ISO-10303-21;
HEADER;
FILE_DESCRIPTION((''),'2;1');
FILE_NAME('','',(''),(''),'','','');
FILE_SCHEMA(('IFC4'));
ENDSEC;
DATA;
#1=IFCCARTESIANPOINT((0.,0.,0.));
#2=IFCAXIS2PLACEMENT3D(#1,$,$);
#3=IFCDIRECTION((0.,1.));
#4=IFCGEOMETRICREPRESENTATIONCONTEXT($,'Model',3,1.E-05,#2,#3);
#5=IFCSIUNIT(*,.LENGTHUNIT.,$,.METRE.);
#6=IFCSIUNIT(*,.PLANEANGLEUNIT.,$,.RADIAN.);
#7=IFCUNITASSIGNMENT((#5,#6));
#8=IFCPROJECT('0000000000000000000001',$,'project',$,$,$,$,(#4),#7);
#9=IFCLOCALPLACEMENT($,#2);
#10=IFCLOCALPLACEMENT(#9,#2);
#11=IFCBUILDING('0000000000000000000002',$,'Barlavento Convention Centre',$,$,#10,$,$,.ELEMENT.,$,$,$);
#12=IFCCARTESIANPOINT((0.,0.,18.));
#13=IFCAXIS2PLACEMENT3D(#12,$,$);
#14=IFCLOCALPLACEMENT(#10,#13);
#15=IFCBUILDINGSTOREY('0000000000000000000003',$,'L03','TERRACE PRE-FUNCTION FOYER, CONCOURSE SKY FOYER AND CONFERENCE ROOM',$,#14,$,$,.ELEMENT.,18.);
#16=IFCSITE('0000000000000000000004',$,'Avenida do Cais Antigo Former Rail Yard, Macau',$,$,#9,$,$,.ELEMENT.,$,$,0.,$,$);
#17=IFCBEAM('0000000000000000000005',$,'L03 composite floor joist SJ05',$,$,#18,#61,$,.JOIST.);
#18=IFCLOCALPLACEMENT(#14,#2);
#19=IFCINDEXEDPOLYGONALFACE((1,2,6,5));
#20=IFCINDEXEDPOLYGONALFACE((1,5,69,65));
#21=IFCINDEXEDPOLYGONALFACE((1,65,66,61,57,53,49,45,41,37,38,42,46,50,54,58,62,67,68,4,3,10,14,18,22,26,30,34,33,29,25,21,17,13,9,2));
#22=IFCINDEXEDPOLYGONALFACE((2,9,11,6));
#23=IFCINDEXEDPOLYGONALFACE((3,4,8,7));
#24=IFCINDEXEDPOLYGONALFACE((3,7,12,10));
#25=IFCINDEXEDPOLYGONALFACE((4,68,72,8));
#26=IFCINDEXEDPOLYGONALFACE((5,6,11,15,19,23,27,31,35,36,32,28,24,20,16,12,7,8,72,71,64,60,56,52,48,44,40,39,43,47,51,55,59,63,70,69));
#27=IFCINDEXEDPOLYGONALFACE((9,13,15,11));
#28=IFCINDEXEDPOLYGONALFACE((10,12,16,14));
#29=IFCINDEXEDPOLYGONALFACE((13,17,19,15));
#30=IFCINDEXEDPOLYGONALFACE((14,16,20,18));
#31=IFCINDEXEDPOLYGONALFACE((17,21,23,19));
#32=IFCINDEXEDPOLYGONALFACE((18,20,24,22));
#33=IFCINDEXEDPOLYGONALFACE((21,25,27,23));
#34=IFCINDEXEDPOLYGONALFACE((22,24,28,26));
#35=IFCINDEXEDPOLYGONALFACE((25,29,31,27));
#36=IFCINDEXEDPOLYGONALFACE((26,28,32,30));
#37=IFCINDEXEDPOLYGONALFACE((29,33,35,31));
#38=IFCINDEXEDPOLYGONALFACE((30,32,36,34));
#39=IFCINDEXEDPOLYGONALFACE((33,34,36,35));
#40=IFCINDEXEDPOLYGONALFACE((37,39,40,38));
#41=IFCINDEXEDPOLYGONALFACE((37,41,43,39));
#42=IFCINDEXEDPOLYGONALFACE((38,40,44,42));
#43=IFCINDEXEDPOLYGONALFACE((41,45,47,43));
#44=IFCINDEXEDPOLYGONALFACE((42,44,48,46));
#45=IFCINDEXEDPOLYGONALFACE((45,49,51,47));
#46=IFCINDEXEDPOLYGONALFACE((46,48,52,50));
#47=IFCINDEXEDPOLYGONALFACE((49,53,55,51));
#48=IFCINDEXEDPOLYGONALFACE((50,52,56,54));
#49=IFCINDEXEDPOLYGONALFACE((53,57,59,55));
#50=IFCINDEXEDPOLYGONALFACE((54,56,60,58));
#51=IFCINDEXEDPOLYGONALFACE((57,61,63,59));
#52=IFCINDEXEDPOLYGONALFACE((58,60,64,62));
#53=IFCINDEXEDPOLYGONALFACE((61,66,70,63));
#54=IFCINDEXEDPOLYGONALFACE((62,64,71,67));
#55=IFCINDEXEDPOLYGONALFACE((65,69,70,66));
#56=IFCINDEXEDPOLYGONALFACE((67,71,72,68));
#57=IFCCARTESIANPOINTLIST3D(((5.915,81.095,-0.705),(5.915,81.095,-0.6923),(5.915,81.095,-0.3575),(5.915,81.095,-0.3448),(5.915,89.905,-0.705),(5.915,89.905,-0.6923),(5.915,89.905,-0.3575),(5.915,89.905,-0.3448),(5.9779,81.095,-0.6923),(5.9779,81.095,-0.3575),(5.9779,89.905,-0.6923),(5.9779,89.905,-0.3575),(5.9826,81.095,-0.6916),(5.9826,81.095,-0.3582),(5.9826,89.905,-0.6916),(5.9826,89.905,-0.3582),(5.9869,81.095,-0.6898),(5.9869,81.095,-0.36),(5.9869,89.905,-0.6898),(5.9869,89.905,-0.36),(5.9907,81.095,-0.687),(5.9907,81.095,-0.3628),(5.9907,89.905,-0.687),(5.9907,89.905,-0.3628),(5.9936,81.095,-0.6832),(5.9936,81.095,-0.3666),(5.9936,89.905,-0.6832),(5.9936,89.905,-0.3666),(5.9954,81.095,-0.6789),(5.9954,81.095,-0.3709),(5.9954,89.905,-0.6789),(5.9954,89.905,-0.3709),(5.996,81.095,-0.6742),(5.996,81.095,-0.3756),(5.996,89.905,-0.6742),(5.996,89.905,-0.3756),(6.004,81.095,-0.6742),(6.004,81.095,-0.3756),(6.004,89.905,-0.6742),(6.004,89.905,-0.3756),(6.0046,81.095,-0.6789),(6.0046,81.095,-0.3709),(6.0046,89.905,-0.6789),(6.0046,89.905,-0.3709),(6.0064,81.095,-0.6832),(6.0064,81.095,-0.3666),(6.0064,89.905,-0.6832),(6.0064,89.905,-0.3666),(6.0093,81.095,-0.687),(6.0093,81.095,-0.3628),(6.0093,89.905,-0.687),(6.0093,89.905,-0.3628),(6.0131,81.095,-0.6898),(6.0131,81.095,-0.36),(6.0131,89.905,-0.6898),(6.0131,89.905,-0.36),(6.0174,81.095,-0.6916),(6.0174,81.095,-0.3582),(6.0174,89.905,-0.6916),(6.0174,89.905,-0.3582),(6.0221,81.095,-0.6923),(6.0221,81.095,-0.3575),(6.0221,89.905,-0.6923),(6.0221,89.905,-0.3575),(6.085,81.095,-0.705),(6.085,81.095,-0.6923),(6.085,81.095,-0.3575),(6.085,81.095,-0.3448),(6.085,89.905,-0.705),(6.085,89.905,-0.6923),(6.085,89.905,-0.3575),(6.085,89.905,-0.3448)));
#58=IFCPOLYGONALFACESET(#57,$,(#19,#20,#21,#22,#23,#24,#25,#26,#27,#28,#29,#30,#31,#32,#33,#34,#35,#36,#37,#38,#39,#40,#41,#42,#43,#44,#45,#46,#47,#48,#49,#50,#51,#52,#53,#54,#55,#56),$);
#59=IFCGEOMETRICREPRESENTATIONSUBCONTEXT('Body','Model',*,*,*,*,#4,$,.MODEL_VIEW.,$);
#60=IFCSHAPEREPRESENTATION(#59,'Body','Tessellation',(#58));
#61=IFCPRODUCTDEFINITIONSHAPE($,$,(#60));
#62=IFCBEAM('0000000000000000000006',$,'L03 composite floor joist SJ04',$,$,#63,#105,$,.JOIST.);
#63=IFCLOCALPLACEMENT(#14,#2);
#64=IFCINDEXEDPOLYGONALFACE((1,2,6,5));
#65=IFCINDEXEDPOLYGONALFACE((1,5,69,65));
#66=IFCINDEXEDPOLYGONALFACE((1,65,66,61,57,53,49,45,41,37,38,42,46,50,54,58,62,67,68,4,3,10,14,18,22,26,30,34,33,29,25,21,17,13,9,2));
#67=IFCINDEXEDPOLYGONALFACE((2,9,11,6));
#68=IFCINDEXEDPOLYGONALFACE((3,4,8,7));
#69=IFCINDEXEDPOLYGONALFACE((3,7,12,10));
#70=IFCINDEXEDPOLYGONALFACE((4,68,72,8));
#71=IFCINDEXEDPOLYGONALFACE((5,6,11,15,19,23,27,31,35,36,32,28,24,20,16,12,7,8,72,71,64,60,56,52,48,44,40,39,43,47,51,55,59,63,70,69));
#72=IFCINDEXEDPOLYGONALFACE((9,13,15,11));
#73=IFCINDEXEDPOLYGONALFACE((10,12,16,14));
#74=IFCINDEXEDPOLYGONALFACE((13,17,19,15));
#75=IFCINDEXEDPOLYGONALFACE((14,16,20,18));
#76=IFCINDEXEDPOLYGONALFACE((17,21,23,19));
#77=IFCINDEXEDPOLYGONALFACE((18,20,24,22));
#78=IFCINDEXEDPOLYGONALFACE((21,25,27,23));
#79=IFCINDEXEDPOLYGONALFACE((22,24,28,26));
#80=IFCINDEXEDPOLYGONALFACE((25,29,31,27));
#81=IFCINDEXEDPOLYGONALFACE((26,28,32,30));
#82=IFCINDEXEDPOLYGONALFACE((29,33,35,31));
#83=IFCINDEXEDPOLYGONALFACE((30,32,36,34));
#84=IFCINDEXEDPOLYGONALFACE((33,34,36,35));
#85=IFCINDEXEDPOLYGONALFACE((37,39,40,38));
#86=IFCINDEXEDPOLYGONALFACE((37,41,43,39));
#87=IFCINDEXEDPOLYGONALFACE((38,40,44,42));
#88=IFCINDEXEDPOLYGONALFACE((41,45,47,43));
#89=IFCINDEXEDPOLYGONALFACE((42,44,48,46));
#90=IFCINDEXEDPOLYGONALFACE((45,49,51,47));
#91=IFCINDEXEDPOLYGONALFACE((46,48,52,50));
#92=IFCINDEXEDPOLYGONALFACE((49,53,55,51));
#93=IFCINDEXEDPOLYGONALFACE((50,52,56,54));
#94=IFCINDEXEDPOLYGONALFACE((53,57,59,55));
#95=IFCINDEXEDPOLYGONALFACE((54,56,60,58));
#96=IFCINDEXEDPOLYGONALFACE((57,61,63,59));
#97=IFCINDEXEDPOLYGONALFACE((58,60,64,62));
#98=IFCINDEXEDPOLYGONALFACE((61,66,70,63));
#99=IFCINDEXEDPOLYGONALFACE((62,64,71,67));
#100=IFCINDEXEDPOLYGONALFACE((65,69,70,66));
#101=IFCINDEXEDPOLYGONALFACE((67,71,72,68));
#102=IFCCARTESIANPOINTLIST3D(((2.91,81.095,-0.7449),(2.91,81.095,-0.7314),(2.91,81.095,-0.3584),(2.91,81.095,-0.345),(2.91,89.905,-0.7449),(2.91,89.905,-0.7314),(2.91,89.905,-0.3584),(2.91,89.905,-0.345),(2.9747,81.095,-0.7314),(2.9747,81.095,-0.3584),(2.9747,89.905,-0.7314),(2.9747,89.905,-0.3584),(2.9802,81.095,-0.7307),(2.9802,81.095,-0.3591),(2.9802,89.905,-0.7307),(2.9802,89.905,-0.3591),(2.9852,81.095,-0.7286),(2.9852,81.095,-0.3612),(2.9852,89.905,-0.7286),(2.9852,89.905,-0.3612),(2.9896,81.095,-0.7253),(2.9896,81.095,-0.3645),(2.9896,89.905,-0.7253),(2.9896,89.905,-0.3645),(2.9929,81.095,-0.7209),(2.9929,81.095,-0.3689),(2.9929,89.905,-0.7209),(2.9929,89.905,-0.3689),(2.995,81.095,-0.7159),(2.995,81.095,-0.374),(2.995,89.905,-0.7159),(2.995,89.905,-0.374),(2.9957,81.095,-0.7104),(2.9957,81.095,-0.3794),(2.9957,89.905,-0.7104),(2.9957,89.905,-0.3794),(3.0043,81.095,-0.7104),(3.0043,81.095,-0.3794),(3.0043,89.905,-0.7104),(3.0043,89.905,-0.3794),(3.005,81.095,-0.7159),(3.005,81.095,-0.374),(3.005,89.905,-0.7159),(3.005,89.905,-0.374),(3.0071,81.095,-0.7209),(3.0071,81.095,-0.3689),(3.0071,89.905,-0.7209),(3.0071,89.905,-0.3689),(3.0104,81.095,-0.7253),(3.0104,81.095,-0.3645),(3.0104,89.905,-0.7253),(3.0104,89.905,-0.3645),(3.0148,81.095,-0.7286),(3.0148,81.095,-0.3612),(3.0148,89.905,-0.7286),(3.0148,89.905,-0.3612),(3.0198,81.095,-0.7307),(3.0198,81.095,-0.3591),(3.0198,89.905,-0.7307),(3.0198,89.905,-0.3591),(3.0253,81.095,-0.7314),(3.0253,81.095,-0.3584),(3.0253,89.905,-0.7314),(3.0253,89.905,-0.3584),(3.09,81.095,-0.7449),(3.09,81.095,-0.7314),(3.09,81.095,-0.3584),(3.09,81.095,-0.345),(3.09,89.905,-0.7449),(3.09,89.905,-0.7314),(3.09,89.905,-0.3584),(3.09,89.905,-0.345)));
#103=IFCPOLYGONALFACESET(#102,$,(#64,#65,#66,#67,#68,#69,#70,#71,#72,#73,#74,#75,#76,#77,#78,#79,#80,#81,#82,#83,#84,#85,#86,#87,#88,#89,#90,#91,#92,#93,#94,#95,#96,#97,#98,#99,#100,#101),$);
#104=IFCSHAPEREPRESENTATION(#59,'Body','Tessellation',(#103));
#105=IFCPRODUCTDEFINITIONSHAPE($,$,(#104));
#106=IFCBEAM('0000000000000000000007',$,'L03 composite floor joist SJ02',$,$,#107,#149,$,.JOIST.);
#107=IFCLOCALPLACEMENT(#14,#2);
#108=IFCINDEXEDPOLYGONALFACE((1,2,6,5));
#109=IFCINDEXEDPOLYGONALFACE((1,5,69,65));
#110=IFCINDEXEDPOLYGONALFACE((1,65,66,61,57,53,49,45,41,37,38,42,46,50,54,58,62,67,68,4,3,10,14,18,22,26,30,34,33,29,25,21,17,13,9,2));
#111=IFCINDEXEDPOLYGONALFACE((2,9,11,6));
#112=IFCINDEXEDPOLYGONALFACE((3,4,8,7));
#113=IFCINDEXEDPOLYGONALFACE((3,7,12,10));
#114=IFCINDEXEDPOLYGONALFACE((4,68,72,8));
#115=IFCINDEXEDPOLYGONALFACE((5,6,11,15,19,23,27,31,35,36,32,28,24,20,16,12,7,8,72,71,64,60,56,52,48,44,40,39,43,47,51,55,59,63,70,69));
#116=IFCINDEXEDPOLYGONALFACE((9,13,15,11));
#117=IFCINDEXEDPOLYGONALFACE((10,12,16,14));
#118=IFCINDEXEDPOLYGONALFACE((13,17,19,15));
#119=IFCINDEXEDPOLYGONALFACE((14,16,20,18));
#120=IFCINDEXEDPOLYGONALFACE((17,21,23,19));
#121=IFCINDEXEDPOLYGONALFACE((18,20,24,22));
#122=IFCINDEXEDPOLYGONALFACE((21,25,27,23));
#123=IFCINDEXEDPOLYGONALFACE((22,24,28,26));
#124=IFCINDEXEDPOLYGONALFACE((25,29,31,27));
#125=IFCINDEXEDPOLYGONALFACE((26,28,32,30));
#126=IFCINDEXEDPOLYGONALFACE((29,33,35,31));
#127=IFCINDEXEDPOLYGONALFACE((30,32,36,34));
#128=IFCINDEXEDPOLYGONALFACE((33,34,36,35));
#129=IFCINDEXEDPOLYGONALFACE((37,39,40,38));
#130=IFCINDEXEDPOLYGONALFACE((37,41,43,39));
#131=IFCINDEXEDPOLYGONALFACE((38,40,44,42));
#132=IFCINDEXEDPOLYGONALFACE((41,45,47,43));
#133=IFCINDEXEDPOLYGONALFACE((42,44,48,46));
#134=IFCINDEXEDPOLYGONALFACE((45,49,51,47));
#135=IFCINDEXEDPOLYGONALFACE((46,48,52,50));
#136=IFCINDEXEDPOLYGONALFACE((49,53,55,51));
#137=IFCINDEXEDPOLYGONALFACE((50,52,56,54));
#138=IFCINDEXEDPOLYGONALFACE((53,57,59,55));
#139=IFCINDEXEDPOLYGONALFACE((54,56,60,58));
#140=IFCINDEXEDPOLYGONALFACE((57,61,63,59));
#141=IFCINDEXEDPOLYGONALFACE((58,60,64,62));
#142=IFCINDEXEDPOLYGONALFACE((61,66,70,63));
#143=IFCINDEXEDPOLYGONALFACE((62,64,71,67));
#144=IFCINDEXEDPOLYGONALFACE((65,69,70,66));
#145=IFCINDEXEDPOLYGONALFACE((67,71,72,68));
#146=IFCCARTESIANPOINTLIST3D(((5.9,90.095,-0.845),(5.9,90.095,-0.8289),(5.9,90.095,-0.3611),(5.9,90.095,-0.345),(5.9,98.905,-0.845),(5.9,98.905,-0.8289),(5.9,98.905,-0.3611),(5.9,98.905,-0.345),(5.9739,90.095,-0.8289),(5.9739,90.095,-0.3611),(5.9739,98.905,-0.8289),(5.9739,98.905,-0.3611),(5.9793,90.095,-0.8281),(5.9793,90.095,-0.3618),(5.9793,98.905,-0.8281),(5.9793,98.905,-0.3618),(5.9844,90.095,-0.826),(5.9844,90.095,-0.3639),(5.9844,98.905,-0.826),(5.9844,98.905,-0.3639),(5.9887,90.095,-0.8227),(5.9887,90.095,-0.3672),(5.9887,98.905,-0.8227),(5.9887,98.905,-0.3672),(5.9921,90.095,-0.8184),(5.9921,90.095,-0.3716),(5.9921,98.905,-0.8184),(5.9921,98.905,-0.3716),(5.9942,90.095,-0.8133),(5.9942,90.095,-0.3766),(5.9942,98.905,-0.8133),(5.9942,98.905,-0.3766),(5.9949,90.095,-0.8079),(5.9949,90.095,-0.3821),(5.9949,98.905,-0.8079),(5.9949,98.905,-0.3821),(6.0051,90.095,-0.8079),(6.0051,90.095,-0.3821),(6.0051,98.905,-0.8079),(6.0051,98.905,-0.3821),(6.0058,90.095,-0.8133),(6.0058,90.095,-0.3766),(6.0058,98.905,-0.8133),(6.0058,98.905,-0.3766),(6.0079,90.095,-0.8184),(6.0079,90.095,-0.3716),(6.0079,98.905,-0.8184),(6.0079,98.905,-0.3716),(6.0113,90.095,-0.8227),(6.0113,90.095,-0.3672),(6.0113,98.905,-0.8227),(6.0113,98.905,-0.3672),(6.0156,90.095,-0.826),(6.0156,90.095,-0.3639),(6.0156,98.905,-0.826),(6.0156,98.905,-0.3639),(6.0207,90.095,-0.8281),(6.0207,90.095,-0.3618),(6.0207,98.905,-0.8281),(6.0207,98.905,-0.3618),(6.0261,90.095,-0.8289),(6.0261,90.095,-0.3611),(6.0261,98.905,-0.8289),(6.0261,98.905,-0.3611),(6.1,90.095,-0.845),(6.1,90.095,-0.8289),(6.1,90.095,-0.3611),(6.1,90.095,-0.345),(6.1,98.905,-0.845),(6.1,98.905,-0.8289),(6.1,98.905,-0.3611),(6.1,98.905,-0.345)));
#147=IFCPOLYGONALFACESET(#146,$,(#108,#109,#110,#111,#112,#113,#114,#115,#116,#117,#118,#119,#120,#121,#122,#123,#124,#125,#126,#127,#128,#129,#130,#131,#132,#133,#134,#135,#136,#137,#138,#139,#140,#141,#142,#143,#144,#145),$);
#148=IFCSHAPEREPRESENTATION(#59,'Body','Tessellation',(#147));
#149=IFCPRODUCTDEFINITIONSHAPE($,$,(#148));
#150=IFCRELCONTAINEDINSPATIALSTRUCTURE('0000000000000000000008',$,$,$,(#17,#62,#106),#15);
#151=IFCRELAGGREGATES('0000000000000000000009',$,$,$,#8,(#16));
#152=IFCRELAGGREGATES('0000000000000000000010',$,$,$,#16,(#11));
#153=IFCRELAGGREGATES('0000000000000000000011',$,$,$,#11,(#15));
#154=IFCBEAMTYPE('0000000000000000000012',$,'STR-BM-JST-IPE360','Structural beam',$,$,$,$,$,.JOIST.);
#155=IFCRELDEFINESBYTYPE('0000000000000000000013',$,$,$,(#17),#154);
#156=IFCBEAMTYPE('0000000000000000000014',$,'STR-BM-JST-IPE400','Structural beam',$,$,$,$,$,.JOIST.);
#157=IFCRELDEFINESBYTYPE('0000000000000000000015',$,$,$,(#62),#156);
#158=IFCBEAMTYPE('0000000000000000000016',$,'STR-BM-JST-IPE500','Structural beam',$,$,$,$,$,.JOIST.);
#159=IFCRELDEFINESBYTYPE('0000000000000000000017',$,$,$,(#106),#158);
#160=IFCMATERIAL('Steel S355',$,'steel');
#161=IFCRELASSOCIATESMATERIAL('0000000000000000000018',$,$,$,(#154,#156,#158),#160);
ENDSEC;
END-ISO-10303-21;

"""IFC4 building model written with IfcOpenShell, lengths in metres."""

from ifc_helpers import new_model, si_unit, direction, frame, origin, origin_2d, place, context, subcontext, project, spatial, i_section, extrude, material, material_profile, profile_set, type_object, element, save


model = new_model("IFC4")

# Units and contexts
model_context = context("Model", 3, precision=1e-05, world=origin(), true_north=direction((0.0, 1.0)))
body_context = subcontext(model_context, "Body", "Model", "MODEL_VIEW")
ifc_project = project(units=[si_unit("LENGTHUNIT", "METRE"), si_unit("PLANEANGLEUNIT", "RADIAN")], contexts=[model_context])

# Site, building, storey
site_placement = place(None, origin())
site = spatial("IfcSite", under=ifc_project, at=site_placement, Name="Avenida do Cais Antigo Former Rail Yard, Macau", CompositionType="ELEMENT", RefElevation=0.0)
building_placement = place(site_placement, origin())
building = spatial("IfcBuilding", under=site, at=building_placement, Name="Barlavento Convention Centre", CompositionType="ELEMENT")
storey_placement = place(building_placement, frame((0.0, 0.0, 18.0)))
storey = spatial("IfcBuildingStorey", under=building, at=storey_placement, Name="L03", Description="TERRACE PRE-FUNCTION FOYER, CONCOURSE SKY FOYER AND CONFERENCE ROOM", CompositionType="ELEMENT", Elevation=18.0)

# Beams
ifc_material_1 = material(Name="Steel S355", Category="steel")
ifc_material_profile_1 = material_profile(ifc_material_1, i_section(OverallWidth=0.1699, OverallDepth=0.3601, WebThickness=0.0081, FlangeThickness=0.0127, FilletRadius=0.0181, at=origin_2d()), Name="IPE 360")
ifc_profile_set_1 = profile_set([ifc_material_profile_1], Name="Steel S355")
beam_type_1 = type_object("IfcBeamType", Name="STR-BM-JST-IPE360", Description="Structural beam", PredefinedType="JOIST", material=ifc_profile_set_1)
beam_1_placement = place(storey_placement, frame((6.0, 81.095, -0.5249), z_axis=(0.0, 1.0, 0.0), x_axis=(-1.0, 0.0, 0.0)))
element("IfcBeam", 1, at=beam_1_placement, inside=storey, type_object=beam_type_1, Name="L03 composite floor joist SJ05", PredefinedType="JOIST", context=body_context, shape_type="SweptSolid", body=[
    extrude(i_section(OverallWidth=0.1699, OverallDepth=0.3601, WebThickness=0.0081, FlangeThickness=0.0127, FilletRadius=0.0181, at=origin_2d()), origin(), (0.0, 0.0, 1.0), 8.8101),
])
ifc_material_profile_2 = material_profile(ifc_material_1, i_section(OverallWidth=0.1799, OverallDepth=0.3999, WebThickness=0.0085, FlangeThickness=0.0134, FilletRadius=0.021, at=origin_2d()), Name="IPE 400")
ifc_profile_set_2 = profile_set([ifc_material_profile_2], Name="Steel S355")
beam_type_2 = type_object("IfcBeamType", Name="STR-BM-JST-IPE400", Description="Structural beam", PredefinedType="JOIST", material=ifc_profile_set_2)
beam_2_placement = place(storey_placement, frame((3.0, 81.095, -0.5449), z_axis=(0.0, 1.0, 0.0), x_axis=(-1.0, 0.0, 0.0)))
element("IfcBeam", 2, at=beam_2_placement, inside=storey, type_object=beam_type_2, Name="L03 composite floor joist SJ04", PredefinedType="JOIST", context=body_context, shape_type="SweptSolid", body=[
    extrude(i_section(OverallWidth=0.1799, OverallDepth=0.3999, WebThickness=0.0085, FlangeThickness=0.0134, FilletRadius=0.021, at=origin_2d()), origin(), (0.0, 0.0, 1.0), 8.8101),
])
ifc_material_profile_3 = material_profile(ifc_material_1, i_section(OverallWidth=0.2, OverallDepth=0.5, WebThickness=0.0103, FlangeThickness=0.0161, FilletRadius=0.021, at=origin_2d()), Name="IPE 500")
ifc_profile_set_3 = profile_set([ifc_material_profile_3], Name="Steel S355")
beam_type_3 = type_object("IfcBeamType", Name="STR-BM-JST-IPE500", Description="Structural beam", PredefinedType="JOIST", material=ifc_profile_set_3)
beam_3_placement = place(storey_placement, frame((6.0, 90.095, -0.595), z_axis=(0.0, 1.0, 0.0), x_axis=(-1.0, 0.0, 0.0)))
element("IfcBeam", 3, at=beam_3_placement, inside=storey, type_object=beam_type_3, Name="L03 composite floor joist SJ02", PredefinedType="JOIST", context=body_context, shape_type="SweptSolid", body=[
    extrude(i_section(OverallWidth=0.2, OverallDepth=0.5, WebThickness=0.0103, FlangeThickness=0.0161, FilletRadius=0.021, at=origin_2d()), origin(), (0.0, 0.0, 1.0), 8.8101),
])

save(model, "model.ifc")
